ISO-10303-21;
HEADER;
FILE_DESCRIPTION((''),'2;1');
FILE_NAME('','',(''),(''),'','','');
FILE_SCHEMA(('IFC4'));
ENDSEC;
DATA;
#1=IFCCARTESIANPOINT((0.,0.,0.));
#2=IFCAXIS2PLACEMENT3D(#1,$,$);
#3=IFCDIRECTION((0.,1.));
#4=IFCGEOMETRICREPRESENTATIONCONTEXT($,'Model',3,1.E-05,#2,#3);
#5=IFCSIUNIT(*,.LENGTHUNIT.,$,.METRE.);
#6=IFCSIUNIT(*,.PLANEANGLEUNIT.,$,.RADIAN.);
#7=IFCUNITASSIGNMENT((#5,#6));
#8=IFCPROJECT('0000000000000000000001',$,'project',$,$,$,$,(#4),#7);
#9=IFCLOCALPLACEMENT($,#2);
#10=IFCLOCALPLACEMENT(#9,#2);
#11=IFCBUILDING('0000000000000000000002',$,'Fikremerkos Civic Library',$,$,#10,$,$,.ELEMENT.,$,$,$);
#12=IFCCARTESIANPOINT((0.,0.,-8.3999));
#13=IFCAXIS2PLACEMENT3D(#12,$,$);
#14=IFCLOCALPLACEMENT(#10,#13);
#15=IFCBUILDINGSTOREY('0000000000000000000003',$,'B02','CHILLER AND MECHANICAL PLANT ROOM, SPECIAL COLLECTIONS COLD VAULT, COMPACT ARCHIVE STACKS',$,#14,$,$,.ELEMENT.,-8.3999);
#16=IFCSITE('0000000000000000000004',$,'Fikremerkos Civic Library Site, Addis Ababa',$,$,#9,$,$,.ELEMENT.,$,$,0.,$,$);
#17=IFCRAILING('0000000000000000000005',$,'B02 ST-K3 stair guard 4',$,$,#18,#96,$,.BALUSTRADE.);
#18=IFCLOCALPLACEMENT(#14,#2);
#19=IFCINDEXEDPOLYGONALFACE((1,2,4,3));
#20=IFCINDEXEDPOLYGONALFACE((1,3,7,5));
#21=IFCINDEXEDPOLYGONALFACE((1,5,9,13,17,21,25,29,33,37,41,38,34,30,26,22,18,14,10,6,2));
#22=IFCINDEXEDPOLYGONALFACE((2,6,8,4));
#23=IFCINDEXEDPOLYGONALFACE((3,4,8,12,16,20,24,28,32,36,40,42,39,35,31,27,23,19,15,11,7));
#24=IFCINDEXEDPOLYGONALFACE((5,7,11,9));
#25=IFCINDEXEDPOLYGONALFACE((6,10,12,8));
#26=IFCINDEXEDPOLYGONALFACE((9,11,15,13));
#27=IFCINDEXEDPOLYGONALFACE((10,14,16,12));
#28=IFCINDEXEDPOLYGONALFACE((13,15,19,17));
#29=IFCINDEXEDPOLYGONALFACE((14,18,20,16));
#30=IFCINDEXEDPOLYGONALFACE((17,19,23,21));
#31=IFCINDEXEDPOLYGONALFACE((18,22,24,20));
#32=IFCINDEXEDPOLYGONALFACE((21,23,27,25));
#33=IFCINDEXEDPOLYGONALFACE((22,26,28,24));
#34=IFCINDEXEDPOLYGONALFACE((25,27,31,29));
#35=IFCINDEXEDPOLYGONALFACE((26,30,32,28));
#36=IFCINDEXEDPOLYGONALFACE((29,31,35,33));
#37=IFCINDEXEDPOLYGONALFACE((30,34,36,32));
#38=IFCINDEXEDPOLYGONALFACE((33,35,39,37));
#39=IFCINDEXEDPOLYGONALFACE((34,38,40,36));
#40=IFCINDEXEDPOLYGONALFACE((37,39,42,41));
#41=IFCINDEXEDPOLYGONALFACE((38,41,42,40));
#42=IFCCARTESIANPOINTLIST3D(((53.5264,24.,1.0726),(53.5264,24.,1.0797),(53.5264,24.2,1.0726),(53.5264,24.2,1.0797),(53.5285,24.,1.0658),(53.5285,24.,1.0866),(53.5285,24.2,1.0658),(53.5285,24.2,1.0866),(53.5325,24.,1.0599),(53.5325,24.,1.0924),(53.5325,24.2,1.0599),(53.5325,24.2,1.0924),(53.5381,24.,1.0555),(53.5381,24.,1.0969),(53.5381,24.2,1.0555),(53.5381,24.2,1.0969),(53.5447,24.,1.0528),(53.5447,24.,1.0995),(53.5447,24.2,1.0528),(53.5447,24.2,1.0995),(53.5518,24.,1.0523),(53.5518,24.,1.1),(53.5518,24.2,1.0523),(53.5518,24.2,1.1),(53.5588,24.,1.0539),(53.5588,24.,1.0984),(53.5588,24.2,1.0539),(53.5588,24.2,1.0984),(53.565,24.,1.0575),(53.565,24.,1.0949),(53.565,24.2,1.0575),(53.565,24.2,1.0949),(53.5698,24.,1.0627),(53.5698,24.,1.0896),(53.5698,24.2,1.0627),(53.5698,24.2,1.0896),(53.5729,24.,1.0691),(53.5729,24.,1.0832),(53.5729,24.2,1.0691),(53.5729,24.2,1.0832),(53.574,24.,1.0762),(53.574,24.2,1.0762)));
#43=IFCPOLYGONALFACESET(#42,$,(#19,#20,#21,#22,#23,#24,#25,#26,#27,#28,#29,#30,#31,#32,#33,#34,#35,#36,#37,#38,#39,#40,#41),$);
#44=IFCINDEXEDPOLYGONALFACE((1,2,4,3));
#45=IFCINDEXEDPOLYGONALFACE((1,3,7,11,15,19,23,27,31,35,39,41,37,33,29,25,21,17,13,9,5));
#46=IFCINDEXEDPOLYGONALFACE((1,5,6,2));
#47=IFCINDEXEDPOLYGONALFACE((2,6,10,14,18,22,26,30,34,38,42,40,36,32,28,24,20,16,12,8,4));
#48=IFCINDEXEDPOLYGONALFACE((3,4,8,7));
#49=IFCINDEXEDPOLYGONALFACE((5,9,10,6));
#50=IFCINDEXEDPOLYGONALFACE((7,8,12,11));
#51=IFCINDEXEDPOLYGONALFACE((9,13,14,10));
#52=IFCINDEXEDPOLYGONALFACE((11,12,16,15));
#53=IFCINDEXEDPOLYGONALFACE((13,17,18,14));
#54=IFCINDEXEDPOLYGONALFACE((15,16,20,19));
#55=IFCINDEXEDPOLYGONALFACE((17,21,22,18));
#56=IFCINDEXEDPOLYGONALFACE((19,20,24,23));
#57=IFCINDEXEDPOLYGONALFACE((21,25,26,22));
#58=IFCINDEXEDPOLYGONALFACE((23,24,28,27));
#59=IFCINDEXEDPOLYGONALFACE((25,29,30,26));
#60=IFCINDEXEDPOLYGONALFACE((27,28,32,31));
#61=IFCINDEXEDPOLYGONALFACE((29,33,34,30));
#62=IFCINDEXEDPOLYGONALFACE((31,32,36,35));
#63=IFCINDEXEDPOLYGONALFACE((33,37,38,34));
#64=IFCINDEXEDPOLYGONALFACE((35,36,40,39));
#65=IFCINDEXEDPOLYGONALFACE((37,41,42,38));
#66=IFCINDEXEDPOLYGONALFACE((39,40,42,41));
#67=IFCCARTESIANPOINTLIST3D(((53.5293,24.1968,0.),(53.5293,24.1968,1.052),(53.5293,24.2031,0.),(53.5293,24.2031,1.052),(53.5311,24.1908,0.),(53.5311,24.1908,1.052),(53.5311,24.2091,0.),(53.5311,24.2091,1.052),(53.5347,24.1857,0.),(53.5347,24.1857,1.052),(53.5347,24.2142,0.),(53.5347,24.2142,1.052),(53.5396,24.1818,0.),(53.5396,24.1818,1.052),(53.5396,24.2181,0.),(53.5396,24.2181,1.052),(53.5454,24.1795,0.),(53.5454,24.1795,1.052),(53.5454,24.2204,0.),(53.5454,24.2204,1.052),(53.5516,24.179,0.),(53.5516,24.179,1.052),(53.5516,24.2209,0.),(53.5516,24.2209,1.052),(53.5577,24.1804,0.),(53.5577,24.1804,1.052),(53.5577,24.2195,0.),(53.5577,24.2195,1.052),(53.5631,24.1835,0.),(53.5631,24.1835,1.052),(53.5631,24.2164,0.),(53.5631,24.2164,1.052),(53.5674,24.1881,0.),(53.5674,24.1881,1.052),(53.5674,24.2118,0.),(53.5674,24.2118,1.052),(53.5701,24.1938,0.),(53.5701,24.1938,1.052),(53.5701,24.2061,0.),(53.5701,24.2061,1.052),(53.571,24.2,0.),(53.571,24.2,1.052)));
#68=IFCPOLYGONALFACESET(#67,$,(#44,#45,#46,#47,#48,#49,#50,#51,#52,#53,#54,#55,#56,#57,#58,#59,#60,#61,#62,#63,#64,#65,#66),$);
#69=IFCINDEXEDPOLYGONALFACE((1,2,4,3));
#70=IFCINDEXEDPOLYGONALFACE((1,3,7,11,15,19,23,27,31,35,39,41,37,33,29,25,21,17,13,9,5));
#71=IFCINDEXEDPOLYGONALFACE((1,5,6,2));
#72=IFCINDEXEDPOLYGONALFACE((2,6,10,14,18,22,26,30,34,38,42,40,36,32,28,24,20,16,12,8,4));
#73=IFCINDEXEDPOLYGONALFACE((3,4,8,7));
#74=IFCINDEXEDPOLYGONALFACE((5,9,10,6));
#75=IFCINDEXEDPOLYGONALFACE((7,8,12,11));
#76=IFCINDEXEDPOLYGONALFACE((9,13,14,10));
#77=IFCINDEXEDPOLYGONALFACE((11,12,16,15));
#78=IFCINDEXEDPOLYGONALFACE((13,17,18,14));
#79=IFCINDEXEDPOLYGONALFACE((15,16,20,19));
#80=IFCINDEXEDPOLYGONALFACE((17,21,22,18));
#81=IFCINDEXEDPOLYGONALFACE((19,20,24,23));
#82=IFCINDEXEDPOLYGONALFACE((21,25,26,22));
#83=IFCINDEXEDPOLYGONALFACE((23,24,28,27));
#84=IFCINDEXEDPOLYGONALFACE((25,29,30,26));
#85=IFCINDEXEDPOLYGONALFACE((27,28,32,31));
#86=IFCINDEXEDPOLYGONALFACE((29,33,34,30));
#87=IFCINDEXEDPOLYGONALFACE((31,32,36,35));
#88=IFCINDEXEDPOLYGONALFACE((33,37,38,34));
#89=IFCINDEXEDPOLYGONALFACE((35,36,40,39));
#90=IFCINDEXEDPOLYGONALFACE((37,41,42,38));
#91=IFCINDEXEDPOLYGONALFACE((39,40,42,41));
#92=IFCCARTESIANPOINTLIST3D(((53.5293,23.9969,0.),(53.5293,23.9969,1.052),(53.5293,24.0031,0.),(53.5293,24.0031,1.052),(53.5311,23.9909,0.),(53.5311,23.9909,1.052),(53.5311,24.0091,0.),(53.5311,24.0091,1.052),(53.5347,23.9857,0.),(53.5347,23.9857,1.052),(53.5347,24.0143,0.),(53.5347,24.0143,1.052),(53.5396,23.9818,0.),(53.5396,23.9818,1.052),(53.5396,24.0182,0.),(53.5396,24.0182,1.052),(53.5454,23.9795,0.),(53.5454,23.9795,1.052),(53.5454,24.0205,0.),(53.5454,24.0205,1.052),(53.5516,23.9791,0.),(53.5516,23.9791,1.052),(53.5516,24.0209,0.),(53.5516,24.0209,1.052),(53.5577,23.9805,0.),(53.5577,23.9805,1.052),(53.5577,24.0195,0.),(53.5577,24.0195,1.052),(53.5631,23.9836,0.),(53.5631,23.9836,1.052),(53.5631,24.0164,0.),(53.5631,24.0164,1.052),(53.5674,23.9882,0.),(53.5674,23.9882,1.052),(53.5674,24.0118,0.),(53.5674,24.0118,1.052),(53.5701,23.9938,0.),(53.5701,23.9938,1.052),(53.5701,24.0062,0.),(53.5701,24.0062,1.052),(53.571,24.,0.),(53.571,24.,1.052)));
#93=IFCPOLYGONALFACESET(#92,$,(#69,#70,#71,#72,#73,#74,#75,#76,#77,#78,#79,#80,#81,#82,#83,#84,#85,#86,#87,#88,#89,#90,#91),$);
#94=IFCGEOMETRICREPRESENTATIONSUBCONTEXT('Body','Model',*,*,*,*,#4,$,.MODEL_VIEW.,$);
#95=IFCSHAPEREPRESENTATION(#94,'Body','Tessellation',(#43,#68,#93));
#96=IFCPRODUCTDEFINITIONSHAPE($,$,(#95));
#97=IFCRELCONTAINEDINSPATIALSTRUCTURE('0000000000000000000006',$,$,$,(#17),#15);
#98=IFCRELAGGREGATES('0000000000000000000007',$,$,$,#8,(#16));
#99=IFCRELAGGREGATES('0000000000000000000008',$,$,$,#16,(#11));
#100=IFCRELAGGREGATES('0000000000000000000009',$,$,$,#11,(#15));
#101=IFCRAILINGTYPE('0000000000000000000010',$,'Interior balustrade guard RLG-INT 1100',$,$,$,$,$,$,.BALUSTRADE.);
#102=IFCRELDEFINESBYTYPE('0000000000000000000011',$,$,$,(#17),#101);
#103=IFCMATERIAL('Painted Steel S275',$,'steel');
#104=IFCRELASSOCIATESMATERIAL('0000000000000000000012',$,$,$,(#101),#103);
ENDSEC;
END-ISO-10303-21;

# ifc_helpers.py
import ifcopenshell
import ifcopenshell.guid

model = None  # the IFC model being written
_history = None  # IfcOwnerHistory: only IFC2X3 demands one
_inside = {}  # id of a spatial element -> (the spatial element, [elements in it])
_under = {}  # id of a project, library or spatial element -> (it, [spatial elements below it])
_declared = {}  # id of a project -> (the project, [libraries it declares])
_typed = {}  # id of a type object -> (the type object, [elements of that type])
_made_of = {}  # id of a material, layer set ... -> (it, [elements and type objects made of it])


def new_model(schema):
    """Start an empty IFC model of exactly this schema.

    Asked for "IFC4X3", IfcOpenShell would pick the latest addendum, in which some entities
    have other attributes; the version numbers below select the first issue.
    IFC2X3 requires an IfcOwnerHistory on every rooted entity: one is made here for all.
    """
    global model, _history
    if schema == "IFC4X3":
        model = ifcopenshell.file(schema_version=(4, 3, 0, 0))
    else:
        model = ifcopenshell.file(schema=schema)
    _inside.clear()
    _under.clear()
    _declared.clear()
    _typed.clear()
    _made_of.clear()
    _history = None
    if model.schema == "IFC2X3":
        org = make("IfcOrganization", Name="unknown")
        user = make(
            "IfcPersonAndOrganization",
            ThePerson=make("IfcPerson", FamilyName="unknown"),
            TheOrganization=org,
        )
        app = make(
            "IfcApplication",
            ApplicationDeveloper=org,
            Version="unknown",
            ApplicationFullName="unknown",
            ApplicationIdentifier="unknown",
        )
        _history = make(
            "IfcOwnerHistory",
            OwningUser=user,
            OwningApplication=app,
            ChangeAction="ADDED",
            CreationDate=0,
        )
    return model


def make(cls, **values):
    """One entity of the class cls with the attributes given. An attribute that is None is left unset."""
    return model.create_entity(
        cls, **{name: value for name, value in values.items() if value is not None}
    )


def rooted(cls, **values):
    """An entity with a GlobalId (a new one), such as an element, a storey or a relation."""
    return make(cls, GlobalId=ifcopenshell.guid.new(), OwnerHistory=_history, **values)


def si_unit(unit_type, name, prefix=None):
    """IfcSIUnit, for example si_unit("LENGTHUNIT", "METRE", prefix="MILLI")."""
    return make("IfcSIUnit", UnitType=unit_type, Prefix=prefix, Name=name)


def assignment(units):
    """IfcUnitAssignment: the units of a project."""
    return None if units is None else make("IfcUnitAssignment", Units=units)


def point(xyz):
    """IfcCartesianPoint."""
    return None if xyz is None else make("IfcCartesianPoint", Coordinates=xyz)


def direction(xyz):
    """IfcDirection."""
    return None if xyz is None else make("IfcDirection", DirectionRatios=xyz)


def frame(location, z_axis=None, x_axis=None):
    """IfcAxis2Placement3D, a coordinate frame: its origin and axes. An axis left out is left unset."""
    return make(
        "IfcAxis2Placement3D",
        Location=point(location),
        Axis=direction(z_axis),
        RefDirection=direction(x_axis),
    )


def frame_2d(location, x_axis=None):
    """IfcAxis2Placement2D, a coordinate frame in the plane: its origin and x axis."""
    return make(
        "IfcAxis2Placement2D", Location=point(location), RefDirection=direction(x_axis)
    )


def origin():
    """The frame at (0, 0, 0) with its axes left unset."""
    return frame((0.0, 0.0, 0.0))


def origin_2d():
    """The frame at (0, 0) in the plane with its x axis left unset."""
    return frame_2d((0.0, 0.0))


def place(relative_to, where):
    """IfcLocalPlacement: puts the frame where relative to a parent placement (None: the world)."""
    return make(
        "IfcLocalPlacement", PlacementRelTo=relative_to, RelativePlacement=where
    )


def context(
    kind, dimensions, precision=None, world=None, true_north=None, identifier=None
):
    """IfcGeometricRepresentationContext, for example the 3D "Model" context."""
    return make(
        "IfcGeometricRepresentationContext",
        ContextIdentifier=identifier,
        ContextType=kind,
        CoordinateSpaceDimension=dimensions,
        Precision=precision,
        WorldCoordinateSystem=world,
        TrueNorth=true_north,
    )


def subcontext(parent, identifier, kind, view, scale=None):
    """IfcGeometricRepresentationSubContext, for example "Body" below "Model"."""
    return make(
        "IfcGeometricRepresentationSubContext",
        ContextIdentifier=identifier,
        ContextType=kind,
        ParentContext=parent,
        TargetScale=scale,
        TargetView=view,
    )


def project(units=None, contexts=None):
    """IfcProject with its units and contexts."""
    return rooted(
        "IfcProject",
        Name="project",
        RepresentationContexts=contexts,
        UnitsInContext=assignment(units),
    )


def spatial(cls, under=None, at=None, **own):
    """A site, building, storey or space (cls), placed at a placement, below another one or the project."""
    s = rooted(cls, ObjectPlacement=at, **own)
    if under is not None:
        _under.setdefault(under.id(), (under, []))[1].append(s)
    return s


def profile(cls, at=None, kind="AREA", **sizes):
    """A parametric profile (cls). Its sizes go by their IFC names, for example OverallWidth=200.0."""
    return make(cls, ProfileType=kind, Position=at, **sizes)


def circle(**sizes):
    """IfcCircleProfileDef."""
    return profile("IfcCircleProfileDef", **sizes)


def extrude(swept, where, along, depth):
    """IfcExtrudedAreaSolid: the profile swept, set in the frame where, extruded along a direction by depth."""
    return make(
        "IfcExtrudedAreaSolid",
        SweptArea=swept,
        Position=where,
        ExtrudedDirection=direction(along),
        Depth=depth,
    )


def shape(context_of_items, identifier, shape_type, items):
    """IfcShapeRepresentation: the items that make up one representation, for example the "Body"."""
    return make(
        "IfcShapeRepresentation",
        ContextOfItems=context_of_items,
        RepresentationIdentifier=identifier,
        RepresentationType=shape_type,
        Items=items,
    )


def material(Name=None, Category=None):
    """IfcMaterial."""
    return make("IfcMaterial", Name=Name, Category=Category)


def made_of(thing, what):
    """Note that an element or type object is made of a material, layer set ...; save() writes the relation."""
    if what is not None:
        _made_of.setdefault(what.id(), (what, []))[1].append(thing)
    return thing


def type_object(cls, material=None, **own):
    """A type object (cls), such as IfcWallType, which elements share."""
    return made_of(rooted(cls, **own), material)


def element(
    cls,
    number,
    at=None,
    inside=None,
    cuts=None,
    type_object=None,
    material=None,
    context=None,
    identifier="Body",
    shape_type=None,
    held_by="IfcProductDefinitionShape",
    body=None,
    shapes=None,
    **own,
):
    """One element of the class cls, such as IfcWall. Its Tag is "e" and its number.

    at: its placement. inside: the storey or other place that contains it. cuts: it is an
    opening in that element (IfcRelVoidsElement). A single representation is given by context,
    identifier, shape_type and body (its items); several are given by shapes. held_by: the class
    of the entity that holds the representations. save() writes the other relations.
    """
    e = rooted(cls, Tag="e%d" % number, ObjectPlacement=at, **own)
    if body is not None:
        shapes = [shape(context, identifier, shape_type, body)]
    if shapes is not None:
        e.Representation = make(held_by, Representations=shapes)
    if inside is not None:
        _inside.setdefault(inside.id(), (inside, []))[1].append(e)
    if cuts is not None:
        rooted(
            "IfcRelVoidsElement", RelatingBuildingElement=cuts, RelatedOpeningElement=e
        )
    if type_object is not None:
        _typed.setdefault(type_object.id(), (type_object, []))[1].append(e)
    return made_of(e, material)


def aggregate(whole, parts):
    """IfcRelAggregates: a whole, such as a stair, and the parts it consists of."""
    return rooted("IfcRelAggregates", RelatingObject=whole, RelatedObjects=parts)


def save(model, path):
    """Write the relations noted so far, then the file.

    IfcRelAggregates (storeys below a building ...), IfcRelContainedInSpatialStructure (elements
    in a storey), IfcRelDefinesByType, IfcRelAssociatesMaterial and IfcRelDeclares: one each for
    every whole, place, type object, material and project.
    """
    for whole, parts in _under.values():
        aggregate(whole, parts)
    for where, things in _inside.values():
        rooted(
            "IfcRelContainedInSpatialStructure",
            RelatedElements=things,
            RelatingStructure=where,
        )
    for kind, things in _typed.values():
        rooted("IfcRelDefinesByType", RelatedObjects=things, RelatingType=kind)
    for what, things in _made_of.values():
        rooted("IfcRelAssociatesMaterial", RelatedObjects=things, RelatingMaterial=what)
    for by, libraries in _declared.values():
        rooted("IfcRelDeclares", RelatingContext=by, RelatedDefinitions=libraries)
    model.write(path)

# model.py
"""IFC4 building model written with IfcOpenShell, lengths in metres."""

from ifc_helpers import new_model, si_unit, direction, frame, origin, origin_2d, place, context, subcontext, project, spatial, circle, extrude, material, type_object, element, save


model = new_model("IFC4")

# Units and contexts
model_context = context("Model", 3, precision=1e-05, world=origin(), true_north=direction((0.0, 1.0)))
body_context = subcontext(model_context, "Body", "Model", "MODEL_VIEW")
ifc_project = project(units=[si_unit("LENGTHUNIT", "METRE"), si_unit("PLANEANGLEUNIT", "RADIAN")], contexts=[model_context])

# Site, building, storey
site_placement = place(None, origin())
site = spatial("IfcSite", under=ifc_project, at=site_placement, Name="Fikremerkos Civic Library Site, Addis Ababa", CompositionType="ELEMENT", RefElevation=0.0)
building_placement = place(site_placement, origin())
building = spatial("IfcBuilding", under=site, at=building_placement, Name="Fikremerkos Civic Library", CompositionType="ELEMENT")
storey_placement = place(building_placement, frame((0.0, 0.0, -8.3999)))
storey = spatial("IfcBuildingStorey", under=building, at=storey_placement, Name="B02", Description="CHILLER AND MECHANICAL PLANT ROOM, SPECIAL COLLECTIONS COLD VAULT, COMPACT ARCHIVE STACKS", CompositionType="ELEMENT", Elevation=-8.3999)

# Railing
ifc_material_1 = material(Name="Painted Steel S275", Category="steel")
railing_type_1 = type_object("IfcRailingType", Name="Interior balustrade guard RLG-INT 1100", PredefinedType="BALUSTRADE", material=ifc_material_1)
railing_1_placement = place(storey_placement, frame((53.55, 24.2, 0.0)))
element("IfcRailing", 1, at=railing_1_placement, inside=storey, type_object=railing_type_1, Name="B02 ST-K3 stair guard 4", PredefinedType="BALUSTRADE", context=body_context, shape_type="SweptSolid", body=[
    extrude(circle(Radius=0.0239, at=origin_2d()), frame((0.0, 0.0, 1.0762), z_axis=(0.0, -1.0, 0.0), x_axis=(1.0, 0.0, 0.0)), (0.0, 0.0, 1.0), 0.2),
    extrude(circle(Radius=0.021, at=origin_2d()), origin(), (0.0, 0.0, 1.0), 1.052),
    extrude(circle(Radius=0.021, at=origin_2d()), frame((0.0, -0.2, 0.0)), (0.0, 0.0, 1.0), 1.052),
])

save(model, "model.ifc")
